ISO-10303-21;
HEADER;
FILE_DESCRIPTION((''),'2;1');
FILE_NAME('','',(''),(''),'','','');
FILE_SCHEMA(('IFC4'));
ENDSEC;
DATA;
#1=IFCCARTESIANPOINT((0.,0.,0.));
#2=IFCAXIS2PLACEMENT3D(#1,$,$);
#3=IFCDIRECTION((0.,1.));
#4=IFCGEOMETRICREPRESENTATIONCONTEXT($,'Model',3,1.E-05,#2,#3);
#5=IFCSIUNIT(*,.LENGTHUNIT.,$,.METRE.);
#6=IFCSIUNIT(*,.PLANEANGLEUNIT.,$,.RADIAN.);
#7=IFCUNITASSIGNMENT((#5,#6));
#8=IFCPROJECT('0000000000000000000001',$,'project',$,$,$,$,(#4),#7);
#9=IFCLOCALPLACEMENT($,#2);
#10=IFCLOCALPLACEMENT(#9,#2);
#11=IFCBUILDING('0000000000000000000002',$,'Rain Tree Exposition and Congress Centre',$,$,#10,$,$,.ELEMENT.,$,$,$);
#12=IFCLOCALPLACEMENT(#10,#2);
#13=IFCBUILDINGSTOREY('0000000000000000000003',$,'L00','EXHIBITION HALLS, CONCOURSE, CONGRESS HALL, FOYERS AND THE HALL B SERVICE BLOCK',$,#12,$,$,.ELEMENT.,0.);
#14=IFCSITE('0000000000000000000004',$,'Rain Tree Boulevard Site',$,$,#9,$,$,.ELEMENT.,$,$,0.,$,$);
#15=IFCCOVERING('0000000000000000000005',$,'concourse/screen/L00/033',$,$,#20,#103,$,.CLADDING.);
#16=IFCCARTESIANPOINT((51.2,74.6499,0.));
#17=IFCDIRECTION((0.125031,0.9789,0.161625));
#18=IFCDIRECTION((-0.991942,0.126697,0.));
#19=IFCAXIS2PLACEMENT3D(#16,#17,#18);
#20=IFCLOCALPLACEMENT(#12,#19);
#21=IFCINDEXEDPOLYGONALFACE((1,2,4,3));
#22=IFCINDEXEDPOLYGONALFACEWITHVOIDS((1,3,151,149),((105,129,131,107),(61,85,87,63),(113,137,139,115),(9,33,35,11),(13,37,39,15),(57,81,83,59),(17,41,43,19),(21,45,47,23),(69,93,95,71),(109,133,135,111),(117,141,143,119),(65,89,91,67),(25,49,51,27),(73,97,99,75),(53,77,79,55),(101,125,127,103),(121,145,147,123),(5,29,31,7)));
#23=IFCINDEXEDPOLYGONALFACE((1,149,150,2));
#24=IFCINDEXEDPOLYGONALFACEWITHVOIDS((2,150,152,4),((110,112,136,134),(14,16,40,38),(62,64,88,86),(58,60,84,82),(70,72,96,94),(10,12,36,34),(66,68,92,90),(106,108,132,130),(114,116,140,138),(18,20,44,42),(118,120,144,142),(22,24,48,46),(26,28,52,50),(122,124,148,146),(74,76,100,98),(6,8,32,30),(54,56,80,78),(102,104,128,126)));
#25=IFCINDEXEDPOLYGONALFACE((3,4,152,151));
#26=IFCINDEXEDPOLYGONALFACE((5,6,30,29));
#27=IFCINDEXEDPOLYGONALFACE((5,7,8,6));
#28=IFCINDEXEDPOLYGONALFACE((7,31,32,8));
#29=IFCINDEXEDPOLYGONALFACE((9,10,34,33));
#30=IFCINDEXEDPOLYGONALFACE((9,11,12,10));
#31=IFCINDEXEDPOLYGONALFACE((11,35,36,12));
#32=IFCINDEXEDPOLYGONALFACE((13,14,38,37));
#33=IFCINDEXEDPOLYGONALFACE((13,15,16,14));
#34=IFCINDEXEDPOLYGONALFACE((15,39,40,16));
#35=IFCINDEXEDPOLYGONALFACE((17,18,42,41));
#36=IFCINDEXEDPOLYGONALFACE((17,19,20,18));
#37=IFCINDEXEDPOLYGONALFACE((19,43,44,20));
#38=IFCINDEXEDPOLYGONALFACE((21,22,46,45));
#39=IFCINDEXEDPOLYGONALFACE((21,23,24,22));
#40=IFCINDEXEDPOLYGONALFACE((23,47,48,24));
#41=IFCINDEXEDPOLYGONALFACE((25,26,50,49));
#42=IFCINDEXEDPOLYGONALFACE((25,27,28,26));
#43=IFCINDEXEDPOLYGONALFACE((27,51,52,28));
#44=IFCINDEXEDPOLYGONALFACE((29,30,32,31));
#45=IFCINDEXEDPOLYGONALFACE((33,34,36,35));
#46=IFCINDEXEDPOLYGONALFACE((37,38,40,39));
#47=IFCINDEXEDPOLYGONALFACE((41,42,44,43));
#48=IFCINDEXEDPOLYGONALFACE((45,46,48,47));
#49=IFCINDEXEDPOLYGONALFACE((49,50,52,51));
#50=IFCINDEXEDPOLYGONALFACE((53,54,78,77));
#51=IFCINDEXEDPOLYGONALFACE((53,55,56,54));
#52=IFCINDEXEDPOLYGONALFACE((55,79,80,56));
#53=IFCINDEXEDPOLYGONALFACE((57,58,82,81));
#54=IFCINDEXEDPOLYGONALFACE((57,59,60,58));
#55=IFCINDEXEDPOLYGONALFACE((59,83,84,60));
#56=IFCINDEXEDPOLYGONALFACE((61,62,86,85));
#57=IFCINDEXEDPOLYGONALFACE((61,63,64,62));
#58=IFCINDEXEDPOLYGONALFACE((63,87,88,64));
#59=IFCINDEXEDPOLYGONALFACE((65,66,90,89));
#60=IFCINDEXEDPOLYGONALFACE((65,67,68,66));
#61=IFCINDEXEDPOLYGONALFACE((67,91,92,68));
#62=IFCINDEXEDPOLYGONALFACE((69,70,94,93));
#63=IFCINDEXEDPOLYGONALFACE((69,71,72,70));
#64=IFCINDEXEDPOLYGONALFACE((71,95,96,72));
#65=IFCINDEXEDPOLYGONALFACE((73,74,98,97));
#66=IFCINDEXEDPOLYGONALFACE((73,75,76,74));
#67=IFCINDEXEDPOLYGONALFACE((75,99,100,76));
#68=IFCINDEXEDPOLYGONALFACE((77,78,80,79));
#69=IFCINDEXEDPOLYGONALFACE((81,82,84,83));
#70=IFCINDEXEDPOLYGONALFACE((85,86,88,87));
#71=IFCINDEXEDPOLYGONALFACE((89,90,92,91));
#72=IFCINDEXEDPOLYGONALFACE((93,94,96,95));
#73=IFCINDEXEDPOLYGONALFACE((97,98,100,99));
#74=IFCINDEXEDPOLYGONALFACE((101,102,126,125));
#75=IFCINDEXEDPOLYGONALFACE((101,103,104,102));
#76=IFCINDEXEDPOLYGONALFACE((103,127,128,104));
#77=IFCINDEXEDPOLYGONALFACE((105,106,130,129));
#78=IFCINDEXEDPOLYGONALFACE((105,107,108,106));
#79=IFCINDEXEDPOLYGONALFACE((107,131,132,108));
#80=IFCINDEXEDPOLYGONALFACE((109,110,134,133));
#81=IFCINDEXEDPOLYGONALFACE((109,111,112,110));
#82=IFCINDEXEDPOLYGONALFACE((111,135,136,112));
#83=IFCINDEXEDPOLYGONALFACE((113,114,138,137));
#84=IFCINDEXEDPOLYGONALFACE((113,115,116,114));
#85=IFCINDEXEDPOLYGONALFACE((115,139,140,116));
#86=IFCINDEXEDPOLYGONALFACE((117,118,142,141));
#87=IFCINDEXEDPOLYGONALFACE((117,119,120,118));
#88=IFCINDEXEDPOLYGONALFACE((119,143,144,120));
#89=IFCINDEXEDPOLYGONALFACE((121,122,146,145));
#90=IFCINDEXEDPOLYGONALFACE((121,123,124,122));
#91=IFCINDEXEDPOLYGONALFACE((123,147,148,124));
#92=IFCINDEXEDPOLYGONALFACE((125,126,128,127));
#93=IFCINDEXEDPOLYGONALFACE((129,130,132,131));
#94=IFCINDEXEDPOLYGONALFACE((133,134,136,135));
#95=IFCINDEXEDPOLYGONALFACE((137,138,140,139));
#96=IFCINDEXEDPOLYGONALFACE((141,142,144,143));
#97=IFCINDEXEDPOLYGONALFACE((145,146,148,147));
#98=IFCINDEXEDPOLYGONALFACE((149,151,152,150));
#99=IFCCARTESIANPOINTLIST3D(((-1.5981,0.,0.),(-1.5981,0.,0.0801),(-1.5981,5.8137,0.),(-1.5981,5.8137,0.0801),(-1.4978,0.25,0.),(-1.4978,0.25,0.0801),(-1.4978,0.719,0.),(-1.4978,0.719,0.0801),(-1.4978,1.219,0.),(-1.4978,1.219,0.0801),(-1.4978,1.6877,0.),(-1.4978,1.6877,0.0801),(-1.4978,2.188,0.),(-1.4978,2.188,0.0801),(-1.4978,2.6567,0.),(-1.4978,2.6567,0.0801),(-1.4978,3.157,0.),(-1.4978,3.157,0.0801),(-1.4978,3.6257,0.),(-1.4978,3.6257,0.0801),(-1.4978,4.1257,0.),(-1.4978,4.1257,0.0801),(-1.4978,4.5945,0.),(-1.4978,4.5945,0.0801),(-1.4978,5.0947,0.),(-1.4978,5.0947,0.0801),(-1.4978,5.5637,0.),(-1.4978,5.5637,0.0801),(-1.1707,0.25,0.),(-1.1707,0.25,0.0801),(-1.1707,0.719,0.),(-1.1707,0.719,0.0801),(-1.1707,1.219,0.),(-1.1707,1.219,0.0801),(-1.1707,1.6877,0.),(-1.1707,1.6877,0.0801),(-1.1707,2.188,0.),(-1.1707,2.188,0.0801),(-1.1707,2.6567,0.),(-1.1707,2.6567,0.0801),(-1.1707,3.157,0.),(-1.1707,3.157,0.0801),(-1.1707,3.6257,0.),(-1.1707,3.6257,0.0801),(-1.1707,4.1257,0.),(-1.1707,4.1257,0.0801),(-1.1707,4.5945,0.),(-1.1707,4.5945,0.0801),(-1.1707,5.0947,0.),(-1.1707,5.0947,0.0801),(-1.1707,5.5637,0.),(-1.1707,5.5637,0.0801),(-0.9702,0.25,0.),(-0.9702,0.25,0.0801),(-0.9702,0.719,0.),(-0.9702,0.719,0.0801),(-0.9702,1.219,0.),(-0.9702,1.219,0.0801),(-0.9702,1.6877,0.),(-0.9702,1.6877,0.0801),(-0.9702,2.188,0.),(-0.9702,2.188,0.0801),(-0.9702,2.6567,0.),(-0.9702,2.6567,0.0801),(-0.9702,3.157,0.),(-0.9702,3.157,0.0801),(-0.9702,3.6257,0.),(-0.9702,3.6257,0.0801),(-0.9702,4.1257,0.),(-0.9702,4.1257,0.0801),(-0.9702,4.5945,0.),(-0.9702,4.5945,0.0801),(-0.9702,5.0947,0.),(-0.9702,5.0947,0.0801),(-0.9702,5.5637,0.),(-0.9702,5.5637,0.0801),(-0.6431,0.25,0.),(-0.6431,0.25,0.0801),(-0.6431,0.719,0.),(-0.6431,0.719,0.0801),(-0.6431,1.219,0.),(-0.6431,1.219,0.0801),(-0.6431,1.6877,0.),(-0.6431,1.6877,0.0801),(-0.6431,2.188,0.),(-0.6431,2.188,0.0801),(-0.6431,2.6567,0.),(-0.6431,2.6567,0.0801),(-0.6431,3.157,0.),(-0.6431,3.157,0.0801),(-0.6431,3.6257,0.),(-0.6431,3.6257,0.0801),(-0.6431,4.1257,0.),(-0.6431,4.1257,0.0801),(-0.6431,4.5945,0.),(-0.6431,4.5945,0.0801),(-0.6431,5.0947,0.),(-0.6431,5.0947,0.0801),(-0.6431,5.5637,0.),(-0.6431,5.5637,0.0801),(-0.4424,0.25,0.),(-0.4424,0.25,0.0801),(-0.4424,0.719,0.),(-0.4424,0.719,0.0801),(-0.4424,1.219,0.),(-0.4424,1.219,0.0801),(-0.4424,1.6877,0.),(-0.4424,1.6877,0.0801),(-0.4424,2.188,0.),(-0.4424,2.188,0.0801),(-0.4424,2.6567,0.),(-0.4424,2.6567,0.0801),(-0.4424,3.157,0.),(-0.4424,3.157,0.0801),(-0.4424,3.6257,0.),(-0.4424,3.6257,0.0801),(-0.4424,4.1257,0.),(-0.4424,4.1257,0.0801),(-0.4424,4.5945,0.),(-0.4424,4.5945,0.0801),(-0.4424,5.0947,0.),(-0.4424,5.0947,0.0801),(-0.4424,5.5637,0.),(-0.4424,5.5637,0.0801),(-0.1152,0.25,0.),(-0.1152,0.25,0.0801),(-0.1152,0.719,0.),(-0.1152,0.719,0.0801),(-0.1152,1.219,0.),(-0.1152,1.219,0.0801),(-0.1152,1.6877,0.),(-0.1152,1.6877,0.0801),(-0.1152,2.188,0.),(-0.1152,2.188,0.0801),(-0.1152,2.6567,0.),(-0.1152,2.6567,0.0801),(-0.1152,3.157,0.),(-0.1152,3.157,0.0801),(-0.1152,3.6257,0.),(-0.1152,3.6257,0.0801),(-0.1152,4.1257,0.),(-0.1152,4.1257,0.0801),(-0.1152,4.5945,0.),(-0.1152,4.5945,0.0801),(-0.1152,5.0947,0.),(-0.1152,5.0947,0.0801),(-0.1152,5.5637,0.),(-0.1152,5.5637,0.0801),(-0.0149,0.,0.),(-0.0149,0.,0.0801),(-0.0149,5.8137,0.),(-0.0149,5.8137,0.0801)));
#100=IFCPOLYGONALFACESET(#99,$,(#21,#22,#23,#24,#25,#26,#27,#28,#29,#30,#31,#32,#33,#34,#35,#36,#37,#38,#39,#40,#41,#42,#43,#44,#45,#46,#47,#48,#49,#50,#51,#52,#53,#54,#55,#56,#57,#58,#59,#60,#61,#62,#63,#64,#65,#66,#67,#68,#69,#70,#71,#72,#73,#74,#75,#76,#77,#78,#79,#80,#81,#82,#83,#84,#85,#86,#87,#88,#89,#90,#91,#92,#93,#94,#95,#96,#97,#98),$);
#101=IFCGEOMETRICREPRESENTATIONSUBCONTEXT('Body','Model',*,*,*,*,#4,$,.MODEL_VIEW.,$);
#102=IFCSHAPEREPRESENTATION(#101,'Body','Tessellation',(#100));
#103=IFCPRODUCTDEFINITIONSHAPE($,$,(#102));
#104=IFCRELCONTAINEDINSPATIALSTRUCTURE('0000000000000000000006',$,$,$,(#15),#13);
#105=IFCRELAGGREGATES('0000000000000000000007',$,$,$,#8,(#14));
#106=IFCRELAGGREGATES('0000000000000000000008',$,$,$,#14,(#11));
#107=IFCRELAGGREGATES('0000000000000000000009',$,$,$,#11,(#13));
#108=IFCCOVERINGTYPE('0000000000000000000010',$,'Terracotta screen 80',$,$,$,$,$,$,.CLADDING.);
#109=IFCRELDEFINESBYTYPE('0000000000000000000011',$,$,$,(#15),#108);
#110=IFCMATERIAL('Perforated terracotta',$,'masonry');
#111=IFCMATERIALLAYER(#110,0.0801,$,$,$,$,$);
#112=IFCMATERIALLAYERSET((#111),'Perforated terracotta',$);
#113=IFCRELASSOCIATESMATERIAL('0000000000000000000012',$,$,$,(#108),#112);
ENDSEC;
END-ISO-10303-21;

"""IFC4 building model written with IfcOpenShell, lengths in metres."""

from ifc_helpers import new_model, si_unit, direction, frame, origin, place, context, subcontext, project, spatial, polyline, outline, extrude, material, layer, layer_set, type_object, element, save


model = new_model("IFC4")

# Units and contexts
model_context = context("Model", 3, precision=1e-05, world=origin(), true_north=direction((0.0, 1.0)))
body_context = subcontext(model_context, "Body", "Model", "MODEL_VIEW")
ifc_project = project(units=[si_unit("LENGTHUNIT", "METRE"), si_unit("PLANEANGLEUNIT", "RADIAN")], contexts=[model_context])

# Site, building, storey
site_placement = place(None, origin())
site = spatial("IfcSite", under=ifc_project, at=site_placement, Name="Rain Tree Boulevard Site", CompositionType="ELEMENT", RefElevation=0.0)
building_placement = place(site_placement, origin())
building = spatial("IfcBuilding", under=site, at=building_placement, Name="Rain Tree Exposition and Congress Centre", CompositionType="ELEMENT")
storey_placement = place(building_placement, origin())
storey = spatial("IfcBuildingStorey", under=building, at=storey_placement, Name="L00", Description="EXHIBITION HALLS, CONCOURSE, CONGRESS HALL, FOYERS AND THE HALL B SERVICE BLOCK", CompositionType="ELEMENT", Elevation=0.0)

# Covering
ifc_material_1 = material(Name="Perforated terracotta", Category="masonry")
ifc_layer_1 = layer(ifc_material_1, 0.0801)
ifc_layer_set_1 = layer_set([ifc_layer_1], Name="Perforated terracotta")
covering_type = type_object("IfcCoveringType", Name="Terracotta screen 80", PredefinedType="CLADDING", material=ifc_layer_set_1)
covering_1_placement = place(storey_placement, frame((51.2, 74.6499, 0.0), z_axis=(0.125031, 0.9789, 0.161625), x_axis=(-0.991942, 0.126697, 0.0)))
element("IfcCovering", 1, at=covering_1_placement, inside=storey, type_object=covering_type, Name="concourse/screen/L00/033", PredefinedType="CLADDING", context=body_context, shape_type="SweptSolid", body=[
    extrude(outline(polyline([(-0.0149, 0.0), (-1.5981, 0.0), (-1.5981, 5.8137), (-0.0149, 5.8137), (-0.0149, 0.0)]), holes=[polyline([(-0.1152, 0.25), (-0.1152, 0.719), (-0.4424, 0.719), (-0.4424, 0.25), (-0.1152, 0.25)]), polyline([(-0.1152, 1.219), (-0.1152, 1.6877), (-0.4424, 1.6877), (-0.4424, 1.219), (-0.1152, 1.219)]), polyline([(-0.1152, 2.188), (-0.1152, 2.6567), (-0.4424, 2.6567), (-0.4424, 2.188), (-0.1152, 2.188)]), polyline([(-0.1152, 3.157), (-0.1152, 3.6257), (-0.4424, 3.6257), (-0.4424, 3.157), (-0.1152, 3.157)]), polyline([(-0.1152, 4.1257), (-0.1152, 4.5945), (-0.4424, 4.5945), (-0.4424, 4.1257), (-0.1152, 4.1257)]), polyline([(-0.1152, 5.0947), (-0.1152, 5.5637), (-0.4424, 5.5637), (-0.4424, 5.0947), (-0.1152, 5.0947)]), polyline([(-0.6431, 0.25), (-0.6431, 0.719), (-0.9702, 0.719), (-0.9702, 0.25), (-0.6431, 0.25)]), polyline([(-0.6431, 1.219), (-0.6431, 1.6877), (-0.9702, 1.6877), (-0.9702, 1.219), (-0.6431, 1.219)]), polyline([(-0.6431, 2.188), (-0.6431, 2.6567), (-0.9702, 2.6567), (-0.9702, 2.188), (-0.6431, 2.188)]), polyline([(-0.6431, 3.157), (-0.6431, 3.6257), (-0.9702, 3.6257), (-0.9702, 3.157), (-0.6431, 3.157)]), polyline([(-0.6431, 4.1257), (-0.6431, 4.5945), (-0.9702, 4.5945), (-0.9702, 4.1257), (-0.6431, 4.1257)]), polyline([(-0.6431, 5.0947), (-0.6431, 5.5637), (-0.9702, 5.5637), (-0.9702, 5.0947), (-0.6431, 5.0947)]), polyline([(-1.1707, 0.25), (-1.1707, 0.719), (-1.4978, 0.719), (-1.4978, 0.25), (-1.1707, 0.25)]), polyline([(-1.1707, 1.219), (-1.1707, 1.6877), (-1.4978, 1.6877), (-1.4978, 1.219), (-1.1707, 1.219)]), polyline([(-1.1707, 2.188), (-1.1707, 2.6567), (-1.4978, 2.6567), (-1.4978, 2.188), (-1.1707, 2.188)]), polyline([(-1.1707, 3.157), (-1.1707, 3.6257), (-1.4978, 3.6257), (-1.4978, 3.157), (-1.1707, 3.157)]), polyline([(-1.1707, 4.1257), (-1.1707, 4.5945), (-1.4978, 4.5945), (-1.4978, 4.1257), (-1.1707, 4.1257)]), polyline([(-1.1707, 5.0947), (-1.1707, 5.5637), (-1.4978, 5.5637), (-1.4978, 5.0947), (-1.1707, 5.0947)])]), origin(), (0.0, 0.0, 1.0), 0.0801),
])

save(model, "model.ifc")
